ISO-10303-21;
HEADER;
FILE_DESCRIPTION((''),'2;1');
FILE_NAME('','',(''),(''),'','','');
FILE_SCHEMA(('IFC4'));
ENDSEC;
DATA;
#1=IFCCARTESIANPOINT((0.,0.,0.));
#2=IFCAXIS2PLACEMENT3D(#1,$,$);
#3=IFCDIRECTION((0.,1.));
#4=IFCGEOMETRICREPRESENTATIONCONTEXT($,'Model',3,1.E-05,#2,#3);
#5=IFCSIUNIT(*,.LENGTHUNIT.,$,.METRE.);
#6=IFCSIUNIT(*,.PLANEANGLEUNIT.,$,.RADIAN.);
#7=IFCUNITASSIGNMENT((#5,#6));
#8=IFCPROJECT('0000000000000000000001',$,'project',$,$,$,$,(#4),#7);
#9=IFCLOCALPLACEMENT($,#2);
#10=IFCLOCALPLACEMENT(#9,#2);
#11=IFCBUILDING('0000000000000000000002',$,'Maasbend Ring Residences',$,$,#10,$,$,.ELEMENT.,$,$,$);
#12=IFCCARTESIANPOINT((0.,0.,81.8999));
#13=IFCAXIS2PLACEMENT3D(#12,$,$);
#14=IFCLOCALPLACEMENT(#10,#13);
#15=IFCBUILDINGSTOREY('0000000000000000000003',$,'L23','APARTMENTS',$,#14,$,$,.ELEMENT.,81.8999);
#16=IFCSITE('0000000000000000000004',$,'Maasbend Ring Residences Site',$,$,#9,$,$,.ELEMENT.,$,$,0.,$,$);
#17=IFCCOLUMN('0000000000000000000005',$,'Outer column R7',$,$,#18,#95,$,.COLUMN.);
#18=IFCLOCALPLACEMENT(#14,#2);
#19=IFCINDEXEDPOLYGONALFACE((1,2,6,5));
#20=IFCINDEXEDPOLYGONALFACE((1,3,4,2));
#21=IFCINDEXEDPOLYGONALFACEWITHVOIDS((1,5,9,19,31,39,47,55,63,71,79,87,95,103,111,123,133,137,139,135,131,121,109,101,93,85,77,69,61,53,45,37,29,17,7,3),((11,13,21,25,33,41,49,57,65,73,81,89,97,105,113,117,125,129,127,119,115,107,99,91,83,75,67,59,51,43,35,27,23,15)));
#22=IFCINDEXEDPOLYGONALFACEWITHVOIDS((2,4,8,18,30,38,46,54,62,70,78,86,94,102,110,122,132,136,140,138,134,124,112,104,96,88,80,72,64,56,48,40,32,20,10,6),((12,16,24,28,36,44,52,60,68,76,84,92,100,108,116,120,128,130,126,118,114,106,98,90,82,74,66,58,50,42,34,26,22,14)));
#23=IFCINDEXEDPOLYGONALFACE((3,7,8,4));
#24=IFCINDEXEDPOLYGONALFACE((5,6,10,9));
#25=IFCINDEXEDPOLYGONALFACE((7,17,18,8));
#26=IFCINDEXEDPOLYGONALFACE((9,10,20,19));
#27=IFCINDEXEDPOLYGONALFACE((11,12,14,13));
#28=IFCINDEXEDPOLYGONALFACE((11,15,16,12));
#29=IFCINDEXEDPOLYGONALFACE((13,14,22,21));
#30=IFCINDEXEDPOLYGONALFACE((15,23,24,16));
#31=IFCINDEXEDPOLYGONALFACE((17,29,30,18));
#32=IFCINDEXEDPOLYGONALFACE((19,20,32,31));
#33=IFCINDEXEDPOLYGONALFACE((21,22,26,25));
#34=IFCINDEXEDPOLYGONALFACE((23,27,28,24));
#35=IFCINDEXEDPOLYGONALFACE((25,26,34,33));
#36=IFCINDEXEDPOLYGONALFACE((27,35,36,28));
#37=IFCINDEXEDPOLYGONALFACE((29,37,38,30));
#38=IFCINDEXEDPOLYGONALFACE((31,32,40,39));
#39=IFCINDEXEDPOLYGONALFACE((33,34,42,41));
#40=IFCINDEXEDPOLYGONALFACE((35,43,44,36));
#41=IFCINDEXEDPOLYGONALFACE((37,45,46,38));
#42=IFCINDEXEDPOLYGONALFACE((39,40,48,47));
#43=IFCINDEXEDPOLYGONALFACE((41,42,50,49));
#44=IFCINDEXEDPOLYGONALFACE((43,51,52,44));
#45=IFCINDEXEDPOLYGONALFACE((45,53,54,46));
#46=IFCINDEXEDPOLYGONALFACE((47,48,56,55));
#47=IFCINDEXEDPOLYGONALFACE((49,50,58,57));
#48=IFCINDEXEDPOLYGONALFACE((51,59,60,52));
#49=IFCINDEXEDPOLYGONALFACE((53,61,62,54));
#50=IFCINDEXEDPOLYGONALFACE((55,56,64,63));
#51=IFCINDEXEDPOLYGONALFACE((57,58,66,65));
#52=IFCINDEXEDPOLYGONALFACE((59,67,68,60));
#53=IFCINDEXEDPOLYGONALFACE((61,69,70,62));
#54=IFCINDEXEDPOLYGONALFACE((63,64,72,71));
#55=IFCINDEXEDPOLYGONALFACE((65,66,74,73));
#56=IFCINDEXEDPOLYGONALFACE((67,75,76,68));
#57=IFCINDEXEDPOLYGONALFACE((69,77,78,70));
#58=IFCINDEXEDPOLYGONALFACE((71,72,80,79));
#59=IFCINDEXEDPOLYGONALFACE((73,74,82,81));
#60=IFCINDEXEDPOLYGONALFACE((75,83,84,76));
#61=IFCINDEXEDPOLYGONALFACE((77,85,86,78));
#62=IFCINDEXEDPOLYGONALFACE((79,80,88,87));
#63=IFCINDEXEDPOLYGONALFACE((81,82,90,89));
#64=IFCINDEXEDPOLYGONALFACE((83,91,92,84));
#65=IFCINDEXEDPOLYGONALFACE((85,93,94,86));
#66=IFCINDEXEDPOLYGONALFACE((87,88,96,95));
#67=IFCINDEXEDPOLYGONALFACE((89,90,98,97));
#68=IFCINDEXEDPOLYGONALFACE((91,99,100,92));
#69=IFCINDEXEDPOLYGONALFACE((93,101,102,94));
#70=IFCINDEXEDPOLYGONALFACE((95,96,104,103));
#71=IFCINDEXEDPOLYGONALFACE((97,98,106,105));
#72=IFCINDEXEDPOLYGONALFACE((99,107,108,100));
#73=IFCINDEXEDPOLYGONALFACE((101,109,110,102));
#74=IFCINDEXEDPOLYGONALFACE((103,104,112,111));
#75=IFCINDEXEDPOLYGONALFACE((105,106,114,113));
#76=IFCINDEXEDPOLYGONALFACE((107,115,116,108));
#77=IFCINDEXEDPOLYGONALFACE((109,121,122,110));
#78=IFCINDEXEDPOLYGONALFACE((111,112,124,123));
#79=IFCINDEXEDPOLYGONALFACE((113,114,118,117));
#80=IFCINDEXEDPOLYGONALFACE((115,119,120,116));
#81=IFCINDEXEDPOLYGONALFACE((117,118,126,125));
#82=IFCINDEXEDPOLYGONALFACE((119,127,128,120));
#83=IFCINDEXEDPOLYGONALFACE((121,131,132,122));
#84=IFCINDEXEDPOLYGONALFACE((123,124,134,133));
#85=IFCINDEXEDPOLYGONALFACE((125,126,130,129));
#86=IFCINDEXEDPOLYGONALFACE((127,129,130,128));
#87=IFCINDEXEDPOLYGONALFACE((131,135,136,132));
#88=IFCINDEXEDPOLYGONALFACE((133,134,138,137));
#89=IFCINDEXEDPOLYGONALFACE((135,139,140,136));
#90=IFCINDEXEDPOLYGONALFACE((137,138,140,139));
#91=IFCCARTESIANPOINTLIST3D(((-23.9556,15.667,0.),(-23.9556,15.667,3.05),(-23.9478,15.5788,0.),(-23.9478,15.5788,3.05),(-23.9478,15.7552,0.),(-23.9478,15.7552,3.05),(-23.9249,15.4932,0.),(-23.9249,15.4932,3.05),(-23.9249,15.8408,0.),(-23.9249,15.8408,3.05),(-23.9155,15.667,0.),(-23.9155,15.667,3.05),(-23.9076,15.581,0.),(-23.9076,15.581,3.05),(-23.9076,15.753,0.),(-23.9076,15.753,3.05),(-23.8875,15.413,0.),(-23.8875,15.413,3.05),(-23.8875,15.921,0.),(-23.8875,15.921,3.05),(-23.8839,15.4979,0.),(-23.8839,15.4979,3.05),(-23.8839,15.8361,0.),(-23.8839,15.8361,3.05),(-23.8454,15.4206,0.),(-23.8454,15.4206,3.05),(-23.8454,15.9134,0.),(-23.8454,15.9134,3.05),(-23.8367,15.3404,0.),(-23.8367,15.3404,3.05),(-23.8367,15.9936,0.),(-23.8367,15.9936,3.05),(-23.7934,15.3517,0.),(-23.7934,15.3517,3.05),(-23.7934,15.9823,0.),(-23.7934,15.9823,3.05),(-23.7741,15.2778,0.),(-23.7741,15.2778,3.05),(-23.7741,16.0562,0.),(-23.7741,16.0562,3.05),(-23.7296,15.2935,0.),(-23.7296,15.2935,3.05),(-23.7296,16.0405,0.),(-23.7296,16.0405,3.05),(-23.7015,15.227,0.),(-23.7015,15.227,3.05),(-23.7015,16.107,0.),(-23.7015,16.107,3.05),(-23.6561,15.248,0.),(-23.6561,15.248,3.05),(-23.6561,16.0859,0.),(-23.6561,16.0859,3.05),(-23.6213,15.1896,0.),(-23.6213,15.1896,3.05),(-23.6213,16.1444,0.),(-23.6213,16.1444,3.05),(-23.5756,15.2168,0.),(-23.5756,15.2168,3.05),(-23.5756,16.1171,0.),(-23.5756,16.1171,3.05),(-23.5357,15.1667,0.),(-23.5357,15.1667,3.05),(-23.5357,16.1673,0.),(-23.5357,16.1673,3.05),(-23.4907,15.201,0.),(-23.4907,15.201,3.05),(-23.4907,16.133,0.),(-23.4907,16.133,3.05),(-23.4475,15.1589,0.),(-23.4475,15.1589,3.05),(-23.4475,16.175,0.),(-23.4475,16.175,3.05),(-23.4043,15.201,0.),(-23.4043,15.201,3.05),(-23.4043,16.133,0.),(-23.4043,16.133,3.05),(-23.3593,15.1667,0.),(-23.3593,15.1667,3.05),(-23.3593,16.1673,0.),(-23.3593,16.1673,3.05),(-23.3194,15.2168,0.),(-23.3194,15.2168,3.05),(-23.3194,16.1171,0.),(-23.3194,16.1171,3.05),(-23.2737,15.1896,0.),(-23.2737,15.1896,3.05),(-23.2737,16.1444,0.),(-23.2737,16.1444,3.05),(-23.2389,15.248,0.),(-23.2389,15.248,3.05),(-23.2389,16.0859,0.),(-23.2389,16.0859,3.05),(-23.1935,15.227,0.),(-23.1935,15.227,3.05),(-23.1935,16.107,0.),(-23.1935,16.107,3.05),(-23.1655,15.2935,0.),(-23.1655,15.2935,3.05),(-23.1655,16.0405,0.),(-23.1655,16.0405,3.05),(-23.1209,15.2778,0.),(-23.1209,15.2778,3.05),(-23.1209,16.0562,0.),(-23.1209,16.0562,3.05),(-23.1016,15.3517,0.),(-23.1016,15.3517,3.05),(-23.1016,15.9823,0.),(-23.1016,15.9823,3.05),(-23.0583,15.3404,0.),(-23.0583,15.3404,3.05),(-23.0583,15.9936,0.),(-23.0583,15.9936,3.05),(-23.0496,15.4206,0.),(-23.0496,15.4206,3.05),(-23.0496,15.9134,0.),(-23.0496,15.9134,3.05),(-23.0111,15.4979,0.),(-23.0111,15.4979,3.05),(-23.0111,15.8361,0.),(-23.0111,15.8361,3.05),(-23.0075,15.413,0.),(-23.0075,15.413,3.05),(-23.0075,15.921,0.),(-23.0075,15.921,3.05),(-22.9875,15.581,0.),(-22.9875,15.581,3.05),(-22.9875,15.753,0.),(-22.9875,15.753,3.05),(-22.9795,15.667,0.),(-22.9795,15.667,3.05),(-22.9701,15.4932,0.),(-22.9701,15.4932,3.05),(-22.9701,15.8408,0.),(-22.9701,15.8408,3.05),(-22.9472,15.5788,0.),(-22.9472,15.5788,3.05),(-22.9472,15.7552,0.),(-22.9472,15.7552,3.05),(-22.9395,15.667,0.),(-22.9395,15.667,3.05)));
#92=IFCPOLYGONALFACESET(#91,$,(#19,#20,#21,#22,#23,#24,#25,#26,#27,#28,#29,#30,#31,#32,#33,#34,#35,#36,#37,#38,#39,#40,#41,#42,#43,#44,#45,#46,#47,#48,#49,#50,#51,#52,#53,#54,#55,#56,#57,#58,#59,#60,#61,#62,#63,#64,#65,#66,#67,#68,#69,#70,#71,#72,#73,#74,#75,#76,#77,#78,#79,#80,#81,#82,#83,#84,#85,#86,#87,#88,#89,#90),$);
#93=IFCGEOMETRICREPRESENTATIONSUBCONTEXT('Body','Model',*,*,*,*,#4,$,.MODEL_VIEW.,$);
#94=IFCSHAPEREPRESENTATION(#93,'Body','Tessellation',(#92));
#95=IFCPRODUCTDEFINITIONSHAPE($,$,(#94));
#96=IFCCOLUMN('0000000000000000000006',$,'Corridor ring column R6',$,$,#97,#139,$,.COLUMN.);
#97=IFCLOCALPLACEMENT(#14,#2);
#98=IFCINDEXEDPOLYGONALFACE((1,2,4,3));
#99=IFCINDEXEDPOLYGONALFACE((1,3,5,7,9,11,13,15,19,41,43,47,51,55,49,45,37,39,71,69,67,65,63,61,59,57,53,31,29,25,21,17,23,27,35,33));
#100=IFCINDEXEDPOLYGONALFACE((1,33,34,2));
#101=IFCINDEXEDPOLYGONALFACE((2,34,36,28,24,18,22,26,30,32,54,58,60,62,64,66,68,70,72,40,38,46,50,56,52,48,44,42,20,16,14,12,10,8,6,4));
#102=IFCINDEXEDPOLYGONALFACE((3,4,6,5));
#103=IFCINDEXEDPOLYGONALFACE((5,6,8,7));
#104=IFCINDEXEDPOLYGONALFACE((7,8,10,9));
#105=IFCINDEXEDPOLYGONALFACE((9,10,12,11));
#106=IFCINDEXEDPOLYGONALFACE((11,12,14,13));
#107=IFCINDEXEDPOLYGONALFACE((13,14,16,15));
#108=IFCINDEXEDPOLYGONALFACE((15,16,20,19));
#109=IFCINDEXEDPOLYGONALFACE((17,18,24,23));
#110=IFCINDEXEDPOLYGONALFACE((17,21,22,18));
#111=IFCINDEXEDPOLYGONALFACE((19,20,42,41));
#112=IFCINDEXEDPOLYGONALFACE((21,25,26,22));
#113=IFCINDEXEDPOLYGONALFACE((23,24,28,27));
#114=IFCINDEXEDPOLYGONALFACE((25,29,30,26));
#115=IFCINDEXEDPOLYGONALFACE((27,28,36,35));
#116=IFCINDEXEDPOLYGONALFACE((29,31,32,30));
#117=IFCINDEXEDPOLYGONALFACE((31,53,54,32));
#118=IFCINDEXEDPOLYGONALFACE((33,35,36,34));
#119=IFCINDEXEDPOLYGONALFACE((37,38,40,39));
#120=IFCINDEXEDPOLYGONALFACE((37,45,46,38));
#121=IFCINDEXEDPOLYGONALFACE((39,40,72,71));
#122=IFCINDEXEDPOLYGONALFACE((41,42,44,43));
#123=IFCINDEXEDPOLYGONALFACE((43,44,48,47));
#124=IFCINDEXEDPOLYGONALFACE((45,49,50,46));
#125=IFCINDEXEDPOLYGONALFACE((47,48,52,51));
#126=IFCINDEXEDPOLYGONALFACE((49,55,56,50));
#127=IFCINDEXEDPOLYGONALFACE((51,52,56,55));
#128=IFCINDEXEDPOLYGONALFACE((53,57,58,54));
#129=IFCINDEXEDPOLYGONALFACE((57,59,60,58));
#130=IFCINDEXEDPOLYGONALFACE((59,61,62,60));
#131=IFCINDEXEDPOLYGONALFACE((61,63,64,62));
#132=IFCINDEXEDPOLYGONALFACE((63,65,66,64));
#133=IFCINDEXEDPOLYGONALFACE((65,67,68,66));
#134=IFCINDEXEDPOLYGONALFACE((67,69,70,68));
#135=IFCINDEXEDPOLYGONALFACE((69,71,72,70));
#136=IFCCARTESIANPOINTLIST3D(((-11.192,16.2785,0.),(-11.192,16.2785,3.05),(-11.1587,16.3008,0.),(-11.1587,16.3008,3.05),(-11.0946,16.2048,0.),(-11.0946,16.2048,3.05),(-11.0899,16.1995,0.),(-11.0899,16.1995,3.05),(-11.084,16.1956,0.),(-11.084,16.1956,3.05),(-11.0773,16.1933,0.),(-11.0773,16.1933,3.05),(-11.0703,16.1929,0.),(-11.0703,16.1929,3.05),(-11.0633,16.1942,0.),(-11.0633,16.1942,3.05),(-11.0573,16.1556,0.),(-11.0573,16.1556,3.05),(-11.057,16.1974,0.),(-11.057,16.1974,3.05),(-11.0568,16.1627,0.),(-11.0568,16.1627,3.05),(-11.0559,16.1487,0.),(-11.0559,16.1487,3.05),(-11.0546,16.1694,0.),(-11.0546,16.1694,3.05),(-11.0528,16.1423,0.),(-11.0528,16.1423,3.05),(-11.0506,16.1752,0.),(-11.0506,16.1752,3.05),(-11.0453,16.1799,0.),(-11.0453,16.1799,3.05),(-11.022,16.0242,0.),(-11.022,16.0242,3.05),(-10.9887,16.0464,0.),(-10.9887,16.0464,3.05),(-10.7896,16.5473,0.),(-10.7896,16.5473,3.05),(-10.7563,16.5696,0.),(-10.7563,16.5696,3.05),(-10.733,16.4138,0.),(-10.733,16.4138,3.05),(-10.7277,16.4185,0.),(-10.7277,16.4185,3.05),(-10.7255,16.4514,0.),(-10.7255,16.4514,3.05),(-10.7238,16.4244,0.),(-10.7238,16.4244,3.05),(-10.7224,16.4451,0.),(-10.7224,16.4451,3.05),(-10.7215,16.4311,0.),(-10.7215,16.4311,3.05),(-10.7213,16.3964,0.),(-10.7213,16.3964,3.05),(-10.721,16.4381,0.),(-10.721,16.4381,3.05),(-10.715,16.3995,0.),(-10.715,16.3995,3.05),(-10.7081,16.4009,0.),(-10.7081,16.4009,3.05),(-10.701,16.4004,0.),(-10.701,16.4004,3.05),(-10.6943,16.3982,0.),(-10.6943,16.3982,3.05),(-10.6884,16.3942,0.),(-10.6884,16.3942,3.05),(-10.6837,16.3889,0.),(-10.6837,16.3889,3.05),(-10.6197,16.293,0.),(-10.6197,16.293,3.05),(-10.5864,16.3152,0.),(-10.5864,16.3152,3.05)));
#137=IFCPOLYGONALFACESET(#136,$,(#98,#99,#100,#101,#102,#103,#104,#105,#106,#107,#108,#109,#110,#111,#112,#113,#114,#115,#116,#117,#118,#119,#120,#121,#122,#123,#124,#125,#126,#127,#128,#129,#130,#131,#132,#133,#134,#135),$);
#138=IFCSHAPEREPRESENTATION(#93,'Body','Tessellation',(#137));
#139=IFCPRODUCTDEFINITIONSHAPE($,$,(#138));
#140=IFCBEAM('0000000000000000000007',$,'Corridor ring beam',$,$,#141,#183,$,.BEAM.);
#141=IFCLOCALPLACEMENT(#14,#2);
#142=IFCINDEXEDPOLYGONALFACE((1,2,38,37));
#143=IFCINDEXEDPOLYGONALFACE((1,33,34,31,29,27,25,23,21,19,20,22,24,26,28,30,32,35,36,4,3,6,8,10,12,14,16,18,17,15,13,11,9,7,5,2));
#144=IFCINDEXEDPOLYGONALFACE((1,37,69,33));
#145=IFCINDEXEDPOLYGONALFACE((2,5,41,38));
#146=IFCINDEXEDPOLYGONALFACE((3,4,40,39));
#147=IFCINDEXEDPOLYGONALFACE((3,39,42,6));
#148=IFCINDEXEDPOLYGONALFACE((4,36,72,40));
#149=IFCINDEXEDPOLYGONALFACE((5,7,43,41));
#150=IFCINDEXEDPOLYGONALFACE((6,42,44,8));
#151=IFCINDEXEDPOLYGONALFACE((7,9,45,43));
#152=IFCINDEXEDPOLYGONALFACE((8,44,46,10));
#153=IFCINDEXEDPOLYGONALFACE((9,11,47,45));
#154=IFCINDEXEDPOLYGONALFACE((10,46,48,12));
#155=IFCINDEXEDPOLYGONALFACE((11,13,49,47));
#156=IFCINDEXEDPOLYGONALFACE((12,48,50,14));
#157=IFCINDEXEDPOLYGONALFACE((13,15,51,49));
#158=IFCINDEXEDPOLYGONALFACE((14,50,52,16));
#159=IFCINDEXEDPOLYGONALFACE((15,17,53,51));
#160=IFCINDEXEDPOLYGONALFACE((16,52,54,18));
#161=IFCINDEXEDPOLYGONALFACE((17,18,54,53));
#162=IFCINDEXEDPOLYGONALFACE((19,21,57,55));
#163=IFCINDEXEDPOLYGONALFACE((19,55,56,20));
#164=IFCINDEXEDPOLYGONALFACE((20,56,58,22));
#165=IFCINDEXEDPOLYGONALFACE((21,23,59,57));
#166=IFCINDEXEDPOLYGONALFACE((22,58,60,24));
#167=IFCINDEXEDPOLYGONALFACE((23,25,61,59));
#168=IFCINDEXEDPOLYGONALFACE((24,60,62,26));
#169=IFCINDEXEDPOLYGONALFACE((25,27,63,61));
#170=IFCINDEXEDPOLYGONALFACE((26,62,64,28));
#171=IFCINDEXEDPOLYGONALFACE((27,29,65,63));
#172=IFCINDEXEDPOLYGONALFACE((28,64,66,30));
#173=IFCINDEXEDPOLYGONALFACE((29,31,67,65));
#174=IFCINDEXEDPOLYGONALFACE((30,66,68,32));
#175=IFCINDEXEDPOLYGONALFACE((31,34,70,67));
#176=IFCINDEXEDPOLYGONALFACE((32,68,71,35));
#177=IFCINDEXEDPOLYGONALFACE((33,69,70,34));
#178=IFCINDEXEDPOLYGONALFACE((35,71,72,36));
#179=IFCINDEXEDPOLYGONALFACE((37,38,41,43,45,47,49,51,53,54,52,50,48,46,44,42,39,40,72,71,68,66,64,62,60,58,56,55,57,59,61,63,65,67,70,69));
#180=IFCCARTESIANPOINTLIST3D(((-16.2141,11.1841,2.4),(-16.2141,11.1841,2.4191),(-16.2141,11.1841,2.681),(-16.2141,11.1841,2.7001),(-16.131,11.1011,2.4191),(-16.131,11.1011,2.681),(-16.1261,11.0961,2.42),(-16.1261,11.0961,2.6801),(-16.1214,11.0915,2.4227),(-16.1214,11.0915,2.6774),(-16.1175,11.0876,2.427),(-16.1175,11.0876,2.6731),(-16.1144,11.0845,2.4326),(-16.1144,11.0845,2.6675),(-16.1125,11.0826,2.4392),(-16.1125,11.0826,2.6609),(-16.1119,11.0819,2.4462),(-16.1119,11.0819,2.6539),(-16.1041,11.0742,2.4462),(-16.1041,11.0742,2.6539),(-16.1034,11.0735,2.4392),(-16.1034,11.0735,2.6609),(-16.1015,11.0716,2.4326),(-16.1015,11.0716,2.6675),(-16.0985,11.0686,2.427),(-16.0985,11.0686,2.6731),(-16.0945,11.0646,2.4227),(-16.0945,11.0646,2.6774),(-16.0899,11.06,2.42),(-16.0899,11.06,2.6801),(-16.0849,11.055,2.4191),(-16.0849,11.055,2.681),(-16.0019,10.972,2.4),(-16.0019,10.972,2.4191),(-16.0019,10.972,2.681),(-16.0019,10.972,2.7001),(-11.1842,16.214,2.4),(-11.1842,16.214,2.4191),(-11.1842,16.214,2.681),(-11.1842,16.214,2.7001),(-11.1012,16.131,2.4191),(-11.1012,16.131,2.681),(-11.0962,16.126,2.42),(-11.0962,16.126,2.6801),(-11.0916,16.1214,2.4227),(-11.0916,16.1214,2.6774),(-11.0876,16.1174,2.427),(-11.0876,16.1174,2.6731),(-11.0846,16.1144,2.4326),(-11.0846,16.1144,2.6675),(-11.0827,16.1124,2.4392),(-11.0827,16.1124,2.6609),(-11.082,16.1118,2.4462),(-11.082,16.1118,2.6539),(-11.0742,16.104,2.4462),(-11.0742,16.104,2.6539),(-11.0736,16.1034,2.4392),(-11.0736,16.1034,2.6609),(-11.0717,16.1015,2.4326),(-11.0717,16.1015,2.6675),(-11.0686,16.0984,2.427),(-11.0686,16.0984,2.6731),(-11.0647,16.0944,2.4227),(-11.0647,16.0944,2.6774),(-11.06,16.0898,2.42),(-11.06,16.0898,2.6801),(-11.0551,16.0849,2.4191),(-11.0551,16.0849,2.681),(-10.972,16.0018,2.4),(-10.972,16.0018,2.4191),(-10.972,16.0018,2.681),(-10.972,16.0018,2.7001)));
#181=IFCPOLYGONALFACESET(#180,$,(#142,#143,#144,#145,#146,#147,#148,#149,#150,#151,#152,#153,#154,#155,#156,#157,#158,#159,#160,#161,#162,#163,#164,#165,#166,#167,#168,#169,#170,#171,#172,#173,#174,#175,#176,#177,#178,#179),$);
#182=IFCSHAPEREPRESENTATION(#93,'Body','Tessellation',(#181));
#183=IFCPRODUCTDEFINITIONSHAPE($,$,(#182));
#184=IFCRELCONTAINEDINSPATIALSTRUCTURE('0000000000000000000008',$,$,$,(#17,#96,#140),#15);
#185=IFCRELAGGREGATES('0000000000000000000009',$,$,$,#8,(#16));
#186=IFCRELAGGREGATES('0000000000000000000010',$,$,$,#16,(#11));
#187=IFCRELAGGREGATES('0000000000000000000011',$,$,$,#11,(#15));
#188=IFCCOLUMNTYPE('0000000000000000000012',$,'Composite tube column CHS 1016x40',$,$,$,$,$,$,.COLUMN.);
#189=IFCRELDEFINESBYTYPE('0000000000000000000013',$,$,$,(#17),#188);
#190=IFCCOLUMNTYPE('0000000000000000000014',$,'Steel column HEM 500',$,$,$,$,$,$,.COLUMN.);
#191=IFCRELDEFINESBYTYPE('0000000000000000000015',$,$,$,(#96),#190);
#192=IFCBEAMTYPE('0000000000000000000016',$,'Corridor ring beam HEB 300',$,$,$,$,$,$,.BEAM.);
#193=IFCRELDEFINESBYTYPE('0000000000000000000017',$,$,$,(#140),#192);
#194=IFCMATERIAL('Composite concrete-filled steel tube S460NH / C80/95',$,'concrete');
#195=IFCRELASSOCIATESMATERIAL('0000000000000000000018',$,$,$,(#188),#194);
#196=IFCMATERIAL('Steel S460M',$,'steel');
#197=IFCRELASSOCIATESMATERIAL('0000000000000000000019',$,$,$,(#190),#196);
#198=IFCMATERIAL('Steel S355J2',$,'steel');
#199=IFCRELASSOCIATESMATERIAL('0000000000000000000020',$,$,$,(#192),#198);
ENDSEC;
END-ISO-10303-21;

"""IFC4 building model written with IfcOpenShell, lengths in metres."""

from ifc_helpers import new_model, si_unit, direction, frame, origin, origin_2d, place, context, subcontext, project, spatial, hollow_circle, i_section, extrude, material, material_profile, profile_set, type_object, element, save


model = new_model("IFC4")

# Units and contexts
model_context = context("Model", 3, precision=1e-05, world=origin(), true_north=direction((0.0, 1.0)))
body_context = subcontext(model_context, "Body", "Model", "MODEL_VIEW")
ifc_project = project(units=[si_unit("LENGTHUNIT", "METRE"), si_unit("PLANEANGLEUNIT", "RADIAN")], contexts=[model_context])

# Site, building, storey
site_placement = place(None, origin())
site = spatial("IfcSite", under=ifc_project, at=site_placement, Name="Maasbend Ring Residences Site", CompositionType="ELEMENT", RefElevation=0.0)
building_placement = place(site_placement, origin())
building = spatial("IfcBuilding", under=site, at=building_placement, Name="Maasbend Ring Residences", CompositionType="ELEMENT")
storey_placement = place(building_placement, frame((0.0, 0.0, 81.8999)))
storey = spatial("IfcBuildingStorey", under=building, at=storey_placement, Name="L23", Description="APARTMENTS", CompositionType="ELEMENT", Elevation=81.8999)

# Columns
ifc_material_1 = material(Name="Composite concrete-filled steel tube S460NH / C80/95", Category="concrete")
ifc_material_profile_1 = material_profile(ifc_material_1, hollow_circle(Radius=0.5081, WallThickness=0.04, at=origin_2d()), Name="Composite tube column CHS 1016x40")
ifc_profile_set_1 = profile_set([ifc_material_profile_1], Name="Composite concrete-filled steel tube S460NH / C80/95")
column_type_1 = type_object("IfcColumnType", Name="Composite tube column CHS 1016x40", PredefinedType="COLUMN", material=ifc_profile_set_1)
column_1_placement = place(storey_placement, frame((-23.4475, 15.667, 0.0), z_axis=(0.0, 0.0, 1.0), x_axis=(1.0, 0.0, 0.0)))
element("IfcColumn", 1, at=column_1_placement, inside=storey, type_object=column_type_1, Name="Outer column R7", PredefinedType="COLUMN", context=body_context, shape_type="SweptSolid", body=[
    extrude(hollow_circle(Radius=0.5081, WallThickness=0.04, at=origin_2d()), origin(), (0.0, 0.0, 1.0), 3.05),
])
ifc_material_2 = material(Name="Steel S460M", Category="steel")
ifc_material_profile_2 = material_profile(ifc_material_2, i_section(OverallWidth=0.3059, OverallDepth=0.5239, WebThickness=0.021, FlangeThickness=0.04, FilletRadius=0.0271, at=origin_2d()), Name="HEM 500")
ifc_profile_set_2 = profile_set([ifc_material_profile_2], Name="Steel S460M")
column_type_2 = type_object("IfcColumnType", Name="Steel column HEM 500", PredefinedType="COLUMN", material=ifc_profile_set_2)
column_2_placement = place(storey_placement, frame((-10.8892, 16.2969, 0.0), z_axis=(0.0, 0.0, 1.0), x_axis=(-0.55557, 0.83147, 0.0)))
element("IfcColumn", 2, at=column_2_placement, inside=storey, type_object=column_type_2, Name="Corridor ring column R6", PredefinedType="COLUMN", context=body_context, shape_type="SweptSolid", body=[
    extrude(i_section(OverallWidth=0.3059, OverallDepth=0.5239, WebThickness=0.021, FlangeThickness=0.04, FilletRadius=0.0271, at=origin_2d()), origin(), (0.0, 0.0, 1.0), 3.05),
])

# Beam
ifc_material_3 = material(Name="Steel S355J2", Category="steel")
ifc_material_profile_3 = material_profile(ifc_material_3, i_section(OverallWidth=0.3, OverallDepth=0.3, WebThickness=0.011, FlangeThickness=0.019, FilletRadius=0.0271, at=origin_2d()), Name="HEB 300")
ifc_profile_set_3 = profile_set([ifc_material_profile_3], Name="Steel S355J2")
beam_type = type_object("IfcBeamType", Name="Corridor ring beam HEB 300", PredefinedType="BEAM", material=ifc_profile_set_3)
beam_placement = place(storey_placement, frame((-11.0781, 16.1079, 2.55), z_axis=(-0.707107, -0.707107, 0.0), x_axis=(0.707107, -0.707107, 0.0)))
element("IfcBeam", 3, at=beam_placement, inside=storey, type_object=beam_type, Name="Corridor ring beam", PredefinedType="BEAM", context=body_context, shape_type="SweptSolid", body=[
    extrude(i_section(OverallWidth=0.3, OverallDepth=0.3, WebThickness=0.011, FlangeThickness=0.019, FilletRadius=0.0271, at=origin_2d()), origin(), (0.0, 0.0, 1.0), 7.1133),
])

save(model, "model.ifc")
